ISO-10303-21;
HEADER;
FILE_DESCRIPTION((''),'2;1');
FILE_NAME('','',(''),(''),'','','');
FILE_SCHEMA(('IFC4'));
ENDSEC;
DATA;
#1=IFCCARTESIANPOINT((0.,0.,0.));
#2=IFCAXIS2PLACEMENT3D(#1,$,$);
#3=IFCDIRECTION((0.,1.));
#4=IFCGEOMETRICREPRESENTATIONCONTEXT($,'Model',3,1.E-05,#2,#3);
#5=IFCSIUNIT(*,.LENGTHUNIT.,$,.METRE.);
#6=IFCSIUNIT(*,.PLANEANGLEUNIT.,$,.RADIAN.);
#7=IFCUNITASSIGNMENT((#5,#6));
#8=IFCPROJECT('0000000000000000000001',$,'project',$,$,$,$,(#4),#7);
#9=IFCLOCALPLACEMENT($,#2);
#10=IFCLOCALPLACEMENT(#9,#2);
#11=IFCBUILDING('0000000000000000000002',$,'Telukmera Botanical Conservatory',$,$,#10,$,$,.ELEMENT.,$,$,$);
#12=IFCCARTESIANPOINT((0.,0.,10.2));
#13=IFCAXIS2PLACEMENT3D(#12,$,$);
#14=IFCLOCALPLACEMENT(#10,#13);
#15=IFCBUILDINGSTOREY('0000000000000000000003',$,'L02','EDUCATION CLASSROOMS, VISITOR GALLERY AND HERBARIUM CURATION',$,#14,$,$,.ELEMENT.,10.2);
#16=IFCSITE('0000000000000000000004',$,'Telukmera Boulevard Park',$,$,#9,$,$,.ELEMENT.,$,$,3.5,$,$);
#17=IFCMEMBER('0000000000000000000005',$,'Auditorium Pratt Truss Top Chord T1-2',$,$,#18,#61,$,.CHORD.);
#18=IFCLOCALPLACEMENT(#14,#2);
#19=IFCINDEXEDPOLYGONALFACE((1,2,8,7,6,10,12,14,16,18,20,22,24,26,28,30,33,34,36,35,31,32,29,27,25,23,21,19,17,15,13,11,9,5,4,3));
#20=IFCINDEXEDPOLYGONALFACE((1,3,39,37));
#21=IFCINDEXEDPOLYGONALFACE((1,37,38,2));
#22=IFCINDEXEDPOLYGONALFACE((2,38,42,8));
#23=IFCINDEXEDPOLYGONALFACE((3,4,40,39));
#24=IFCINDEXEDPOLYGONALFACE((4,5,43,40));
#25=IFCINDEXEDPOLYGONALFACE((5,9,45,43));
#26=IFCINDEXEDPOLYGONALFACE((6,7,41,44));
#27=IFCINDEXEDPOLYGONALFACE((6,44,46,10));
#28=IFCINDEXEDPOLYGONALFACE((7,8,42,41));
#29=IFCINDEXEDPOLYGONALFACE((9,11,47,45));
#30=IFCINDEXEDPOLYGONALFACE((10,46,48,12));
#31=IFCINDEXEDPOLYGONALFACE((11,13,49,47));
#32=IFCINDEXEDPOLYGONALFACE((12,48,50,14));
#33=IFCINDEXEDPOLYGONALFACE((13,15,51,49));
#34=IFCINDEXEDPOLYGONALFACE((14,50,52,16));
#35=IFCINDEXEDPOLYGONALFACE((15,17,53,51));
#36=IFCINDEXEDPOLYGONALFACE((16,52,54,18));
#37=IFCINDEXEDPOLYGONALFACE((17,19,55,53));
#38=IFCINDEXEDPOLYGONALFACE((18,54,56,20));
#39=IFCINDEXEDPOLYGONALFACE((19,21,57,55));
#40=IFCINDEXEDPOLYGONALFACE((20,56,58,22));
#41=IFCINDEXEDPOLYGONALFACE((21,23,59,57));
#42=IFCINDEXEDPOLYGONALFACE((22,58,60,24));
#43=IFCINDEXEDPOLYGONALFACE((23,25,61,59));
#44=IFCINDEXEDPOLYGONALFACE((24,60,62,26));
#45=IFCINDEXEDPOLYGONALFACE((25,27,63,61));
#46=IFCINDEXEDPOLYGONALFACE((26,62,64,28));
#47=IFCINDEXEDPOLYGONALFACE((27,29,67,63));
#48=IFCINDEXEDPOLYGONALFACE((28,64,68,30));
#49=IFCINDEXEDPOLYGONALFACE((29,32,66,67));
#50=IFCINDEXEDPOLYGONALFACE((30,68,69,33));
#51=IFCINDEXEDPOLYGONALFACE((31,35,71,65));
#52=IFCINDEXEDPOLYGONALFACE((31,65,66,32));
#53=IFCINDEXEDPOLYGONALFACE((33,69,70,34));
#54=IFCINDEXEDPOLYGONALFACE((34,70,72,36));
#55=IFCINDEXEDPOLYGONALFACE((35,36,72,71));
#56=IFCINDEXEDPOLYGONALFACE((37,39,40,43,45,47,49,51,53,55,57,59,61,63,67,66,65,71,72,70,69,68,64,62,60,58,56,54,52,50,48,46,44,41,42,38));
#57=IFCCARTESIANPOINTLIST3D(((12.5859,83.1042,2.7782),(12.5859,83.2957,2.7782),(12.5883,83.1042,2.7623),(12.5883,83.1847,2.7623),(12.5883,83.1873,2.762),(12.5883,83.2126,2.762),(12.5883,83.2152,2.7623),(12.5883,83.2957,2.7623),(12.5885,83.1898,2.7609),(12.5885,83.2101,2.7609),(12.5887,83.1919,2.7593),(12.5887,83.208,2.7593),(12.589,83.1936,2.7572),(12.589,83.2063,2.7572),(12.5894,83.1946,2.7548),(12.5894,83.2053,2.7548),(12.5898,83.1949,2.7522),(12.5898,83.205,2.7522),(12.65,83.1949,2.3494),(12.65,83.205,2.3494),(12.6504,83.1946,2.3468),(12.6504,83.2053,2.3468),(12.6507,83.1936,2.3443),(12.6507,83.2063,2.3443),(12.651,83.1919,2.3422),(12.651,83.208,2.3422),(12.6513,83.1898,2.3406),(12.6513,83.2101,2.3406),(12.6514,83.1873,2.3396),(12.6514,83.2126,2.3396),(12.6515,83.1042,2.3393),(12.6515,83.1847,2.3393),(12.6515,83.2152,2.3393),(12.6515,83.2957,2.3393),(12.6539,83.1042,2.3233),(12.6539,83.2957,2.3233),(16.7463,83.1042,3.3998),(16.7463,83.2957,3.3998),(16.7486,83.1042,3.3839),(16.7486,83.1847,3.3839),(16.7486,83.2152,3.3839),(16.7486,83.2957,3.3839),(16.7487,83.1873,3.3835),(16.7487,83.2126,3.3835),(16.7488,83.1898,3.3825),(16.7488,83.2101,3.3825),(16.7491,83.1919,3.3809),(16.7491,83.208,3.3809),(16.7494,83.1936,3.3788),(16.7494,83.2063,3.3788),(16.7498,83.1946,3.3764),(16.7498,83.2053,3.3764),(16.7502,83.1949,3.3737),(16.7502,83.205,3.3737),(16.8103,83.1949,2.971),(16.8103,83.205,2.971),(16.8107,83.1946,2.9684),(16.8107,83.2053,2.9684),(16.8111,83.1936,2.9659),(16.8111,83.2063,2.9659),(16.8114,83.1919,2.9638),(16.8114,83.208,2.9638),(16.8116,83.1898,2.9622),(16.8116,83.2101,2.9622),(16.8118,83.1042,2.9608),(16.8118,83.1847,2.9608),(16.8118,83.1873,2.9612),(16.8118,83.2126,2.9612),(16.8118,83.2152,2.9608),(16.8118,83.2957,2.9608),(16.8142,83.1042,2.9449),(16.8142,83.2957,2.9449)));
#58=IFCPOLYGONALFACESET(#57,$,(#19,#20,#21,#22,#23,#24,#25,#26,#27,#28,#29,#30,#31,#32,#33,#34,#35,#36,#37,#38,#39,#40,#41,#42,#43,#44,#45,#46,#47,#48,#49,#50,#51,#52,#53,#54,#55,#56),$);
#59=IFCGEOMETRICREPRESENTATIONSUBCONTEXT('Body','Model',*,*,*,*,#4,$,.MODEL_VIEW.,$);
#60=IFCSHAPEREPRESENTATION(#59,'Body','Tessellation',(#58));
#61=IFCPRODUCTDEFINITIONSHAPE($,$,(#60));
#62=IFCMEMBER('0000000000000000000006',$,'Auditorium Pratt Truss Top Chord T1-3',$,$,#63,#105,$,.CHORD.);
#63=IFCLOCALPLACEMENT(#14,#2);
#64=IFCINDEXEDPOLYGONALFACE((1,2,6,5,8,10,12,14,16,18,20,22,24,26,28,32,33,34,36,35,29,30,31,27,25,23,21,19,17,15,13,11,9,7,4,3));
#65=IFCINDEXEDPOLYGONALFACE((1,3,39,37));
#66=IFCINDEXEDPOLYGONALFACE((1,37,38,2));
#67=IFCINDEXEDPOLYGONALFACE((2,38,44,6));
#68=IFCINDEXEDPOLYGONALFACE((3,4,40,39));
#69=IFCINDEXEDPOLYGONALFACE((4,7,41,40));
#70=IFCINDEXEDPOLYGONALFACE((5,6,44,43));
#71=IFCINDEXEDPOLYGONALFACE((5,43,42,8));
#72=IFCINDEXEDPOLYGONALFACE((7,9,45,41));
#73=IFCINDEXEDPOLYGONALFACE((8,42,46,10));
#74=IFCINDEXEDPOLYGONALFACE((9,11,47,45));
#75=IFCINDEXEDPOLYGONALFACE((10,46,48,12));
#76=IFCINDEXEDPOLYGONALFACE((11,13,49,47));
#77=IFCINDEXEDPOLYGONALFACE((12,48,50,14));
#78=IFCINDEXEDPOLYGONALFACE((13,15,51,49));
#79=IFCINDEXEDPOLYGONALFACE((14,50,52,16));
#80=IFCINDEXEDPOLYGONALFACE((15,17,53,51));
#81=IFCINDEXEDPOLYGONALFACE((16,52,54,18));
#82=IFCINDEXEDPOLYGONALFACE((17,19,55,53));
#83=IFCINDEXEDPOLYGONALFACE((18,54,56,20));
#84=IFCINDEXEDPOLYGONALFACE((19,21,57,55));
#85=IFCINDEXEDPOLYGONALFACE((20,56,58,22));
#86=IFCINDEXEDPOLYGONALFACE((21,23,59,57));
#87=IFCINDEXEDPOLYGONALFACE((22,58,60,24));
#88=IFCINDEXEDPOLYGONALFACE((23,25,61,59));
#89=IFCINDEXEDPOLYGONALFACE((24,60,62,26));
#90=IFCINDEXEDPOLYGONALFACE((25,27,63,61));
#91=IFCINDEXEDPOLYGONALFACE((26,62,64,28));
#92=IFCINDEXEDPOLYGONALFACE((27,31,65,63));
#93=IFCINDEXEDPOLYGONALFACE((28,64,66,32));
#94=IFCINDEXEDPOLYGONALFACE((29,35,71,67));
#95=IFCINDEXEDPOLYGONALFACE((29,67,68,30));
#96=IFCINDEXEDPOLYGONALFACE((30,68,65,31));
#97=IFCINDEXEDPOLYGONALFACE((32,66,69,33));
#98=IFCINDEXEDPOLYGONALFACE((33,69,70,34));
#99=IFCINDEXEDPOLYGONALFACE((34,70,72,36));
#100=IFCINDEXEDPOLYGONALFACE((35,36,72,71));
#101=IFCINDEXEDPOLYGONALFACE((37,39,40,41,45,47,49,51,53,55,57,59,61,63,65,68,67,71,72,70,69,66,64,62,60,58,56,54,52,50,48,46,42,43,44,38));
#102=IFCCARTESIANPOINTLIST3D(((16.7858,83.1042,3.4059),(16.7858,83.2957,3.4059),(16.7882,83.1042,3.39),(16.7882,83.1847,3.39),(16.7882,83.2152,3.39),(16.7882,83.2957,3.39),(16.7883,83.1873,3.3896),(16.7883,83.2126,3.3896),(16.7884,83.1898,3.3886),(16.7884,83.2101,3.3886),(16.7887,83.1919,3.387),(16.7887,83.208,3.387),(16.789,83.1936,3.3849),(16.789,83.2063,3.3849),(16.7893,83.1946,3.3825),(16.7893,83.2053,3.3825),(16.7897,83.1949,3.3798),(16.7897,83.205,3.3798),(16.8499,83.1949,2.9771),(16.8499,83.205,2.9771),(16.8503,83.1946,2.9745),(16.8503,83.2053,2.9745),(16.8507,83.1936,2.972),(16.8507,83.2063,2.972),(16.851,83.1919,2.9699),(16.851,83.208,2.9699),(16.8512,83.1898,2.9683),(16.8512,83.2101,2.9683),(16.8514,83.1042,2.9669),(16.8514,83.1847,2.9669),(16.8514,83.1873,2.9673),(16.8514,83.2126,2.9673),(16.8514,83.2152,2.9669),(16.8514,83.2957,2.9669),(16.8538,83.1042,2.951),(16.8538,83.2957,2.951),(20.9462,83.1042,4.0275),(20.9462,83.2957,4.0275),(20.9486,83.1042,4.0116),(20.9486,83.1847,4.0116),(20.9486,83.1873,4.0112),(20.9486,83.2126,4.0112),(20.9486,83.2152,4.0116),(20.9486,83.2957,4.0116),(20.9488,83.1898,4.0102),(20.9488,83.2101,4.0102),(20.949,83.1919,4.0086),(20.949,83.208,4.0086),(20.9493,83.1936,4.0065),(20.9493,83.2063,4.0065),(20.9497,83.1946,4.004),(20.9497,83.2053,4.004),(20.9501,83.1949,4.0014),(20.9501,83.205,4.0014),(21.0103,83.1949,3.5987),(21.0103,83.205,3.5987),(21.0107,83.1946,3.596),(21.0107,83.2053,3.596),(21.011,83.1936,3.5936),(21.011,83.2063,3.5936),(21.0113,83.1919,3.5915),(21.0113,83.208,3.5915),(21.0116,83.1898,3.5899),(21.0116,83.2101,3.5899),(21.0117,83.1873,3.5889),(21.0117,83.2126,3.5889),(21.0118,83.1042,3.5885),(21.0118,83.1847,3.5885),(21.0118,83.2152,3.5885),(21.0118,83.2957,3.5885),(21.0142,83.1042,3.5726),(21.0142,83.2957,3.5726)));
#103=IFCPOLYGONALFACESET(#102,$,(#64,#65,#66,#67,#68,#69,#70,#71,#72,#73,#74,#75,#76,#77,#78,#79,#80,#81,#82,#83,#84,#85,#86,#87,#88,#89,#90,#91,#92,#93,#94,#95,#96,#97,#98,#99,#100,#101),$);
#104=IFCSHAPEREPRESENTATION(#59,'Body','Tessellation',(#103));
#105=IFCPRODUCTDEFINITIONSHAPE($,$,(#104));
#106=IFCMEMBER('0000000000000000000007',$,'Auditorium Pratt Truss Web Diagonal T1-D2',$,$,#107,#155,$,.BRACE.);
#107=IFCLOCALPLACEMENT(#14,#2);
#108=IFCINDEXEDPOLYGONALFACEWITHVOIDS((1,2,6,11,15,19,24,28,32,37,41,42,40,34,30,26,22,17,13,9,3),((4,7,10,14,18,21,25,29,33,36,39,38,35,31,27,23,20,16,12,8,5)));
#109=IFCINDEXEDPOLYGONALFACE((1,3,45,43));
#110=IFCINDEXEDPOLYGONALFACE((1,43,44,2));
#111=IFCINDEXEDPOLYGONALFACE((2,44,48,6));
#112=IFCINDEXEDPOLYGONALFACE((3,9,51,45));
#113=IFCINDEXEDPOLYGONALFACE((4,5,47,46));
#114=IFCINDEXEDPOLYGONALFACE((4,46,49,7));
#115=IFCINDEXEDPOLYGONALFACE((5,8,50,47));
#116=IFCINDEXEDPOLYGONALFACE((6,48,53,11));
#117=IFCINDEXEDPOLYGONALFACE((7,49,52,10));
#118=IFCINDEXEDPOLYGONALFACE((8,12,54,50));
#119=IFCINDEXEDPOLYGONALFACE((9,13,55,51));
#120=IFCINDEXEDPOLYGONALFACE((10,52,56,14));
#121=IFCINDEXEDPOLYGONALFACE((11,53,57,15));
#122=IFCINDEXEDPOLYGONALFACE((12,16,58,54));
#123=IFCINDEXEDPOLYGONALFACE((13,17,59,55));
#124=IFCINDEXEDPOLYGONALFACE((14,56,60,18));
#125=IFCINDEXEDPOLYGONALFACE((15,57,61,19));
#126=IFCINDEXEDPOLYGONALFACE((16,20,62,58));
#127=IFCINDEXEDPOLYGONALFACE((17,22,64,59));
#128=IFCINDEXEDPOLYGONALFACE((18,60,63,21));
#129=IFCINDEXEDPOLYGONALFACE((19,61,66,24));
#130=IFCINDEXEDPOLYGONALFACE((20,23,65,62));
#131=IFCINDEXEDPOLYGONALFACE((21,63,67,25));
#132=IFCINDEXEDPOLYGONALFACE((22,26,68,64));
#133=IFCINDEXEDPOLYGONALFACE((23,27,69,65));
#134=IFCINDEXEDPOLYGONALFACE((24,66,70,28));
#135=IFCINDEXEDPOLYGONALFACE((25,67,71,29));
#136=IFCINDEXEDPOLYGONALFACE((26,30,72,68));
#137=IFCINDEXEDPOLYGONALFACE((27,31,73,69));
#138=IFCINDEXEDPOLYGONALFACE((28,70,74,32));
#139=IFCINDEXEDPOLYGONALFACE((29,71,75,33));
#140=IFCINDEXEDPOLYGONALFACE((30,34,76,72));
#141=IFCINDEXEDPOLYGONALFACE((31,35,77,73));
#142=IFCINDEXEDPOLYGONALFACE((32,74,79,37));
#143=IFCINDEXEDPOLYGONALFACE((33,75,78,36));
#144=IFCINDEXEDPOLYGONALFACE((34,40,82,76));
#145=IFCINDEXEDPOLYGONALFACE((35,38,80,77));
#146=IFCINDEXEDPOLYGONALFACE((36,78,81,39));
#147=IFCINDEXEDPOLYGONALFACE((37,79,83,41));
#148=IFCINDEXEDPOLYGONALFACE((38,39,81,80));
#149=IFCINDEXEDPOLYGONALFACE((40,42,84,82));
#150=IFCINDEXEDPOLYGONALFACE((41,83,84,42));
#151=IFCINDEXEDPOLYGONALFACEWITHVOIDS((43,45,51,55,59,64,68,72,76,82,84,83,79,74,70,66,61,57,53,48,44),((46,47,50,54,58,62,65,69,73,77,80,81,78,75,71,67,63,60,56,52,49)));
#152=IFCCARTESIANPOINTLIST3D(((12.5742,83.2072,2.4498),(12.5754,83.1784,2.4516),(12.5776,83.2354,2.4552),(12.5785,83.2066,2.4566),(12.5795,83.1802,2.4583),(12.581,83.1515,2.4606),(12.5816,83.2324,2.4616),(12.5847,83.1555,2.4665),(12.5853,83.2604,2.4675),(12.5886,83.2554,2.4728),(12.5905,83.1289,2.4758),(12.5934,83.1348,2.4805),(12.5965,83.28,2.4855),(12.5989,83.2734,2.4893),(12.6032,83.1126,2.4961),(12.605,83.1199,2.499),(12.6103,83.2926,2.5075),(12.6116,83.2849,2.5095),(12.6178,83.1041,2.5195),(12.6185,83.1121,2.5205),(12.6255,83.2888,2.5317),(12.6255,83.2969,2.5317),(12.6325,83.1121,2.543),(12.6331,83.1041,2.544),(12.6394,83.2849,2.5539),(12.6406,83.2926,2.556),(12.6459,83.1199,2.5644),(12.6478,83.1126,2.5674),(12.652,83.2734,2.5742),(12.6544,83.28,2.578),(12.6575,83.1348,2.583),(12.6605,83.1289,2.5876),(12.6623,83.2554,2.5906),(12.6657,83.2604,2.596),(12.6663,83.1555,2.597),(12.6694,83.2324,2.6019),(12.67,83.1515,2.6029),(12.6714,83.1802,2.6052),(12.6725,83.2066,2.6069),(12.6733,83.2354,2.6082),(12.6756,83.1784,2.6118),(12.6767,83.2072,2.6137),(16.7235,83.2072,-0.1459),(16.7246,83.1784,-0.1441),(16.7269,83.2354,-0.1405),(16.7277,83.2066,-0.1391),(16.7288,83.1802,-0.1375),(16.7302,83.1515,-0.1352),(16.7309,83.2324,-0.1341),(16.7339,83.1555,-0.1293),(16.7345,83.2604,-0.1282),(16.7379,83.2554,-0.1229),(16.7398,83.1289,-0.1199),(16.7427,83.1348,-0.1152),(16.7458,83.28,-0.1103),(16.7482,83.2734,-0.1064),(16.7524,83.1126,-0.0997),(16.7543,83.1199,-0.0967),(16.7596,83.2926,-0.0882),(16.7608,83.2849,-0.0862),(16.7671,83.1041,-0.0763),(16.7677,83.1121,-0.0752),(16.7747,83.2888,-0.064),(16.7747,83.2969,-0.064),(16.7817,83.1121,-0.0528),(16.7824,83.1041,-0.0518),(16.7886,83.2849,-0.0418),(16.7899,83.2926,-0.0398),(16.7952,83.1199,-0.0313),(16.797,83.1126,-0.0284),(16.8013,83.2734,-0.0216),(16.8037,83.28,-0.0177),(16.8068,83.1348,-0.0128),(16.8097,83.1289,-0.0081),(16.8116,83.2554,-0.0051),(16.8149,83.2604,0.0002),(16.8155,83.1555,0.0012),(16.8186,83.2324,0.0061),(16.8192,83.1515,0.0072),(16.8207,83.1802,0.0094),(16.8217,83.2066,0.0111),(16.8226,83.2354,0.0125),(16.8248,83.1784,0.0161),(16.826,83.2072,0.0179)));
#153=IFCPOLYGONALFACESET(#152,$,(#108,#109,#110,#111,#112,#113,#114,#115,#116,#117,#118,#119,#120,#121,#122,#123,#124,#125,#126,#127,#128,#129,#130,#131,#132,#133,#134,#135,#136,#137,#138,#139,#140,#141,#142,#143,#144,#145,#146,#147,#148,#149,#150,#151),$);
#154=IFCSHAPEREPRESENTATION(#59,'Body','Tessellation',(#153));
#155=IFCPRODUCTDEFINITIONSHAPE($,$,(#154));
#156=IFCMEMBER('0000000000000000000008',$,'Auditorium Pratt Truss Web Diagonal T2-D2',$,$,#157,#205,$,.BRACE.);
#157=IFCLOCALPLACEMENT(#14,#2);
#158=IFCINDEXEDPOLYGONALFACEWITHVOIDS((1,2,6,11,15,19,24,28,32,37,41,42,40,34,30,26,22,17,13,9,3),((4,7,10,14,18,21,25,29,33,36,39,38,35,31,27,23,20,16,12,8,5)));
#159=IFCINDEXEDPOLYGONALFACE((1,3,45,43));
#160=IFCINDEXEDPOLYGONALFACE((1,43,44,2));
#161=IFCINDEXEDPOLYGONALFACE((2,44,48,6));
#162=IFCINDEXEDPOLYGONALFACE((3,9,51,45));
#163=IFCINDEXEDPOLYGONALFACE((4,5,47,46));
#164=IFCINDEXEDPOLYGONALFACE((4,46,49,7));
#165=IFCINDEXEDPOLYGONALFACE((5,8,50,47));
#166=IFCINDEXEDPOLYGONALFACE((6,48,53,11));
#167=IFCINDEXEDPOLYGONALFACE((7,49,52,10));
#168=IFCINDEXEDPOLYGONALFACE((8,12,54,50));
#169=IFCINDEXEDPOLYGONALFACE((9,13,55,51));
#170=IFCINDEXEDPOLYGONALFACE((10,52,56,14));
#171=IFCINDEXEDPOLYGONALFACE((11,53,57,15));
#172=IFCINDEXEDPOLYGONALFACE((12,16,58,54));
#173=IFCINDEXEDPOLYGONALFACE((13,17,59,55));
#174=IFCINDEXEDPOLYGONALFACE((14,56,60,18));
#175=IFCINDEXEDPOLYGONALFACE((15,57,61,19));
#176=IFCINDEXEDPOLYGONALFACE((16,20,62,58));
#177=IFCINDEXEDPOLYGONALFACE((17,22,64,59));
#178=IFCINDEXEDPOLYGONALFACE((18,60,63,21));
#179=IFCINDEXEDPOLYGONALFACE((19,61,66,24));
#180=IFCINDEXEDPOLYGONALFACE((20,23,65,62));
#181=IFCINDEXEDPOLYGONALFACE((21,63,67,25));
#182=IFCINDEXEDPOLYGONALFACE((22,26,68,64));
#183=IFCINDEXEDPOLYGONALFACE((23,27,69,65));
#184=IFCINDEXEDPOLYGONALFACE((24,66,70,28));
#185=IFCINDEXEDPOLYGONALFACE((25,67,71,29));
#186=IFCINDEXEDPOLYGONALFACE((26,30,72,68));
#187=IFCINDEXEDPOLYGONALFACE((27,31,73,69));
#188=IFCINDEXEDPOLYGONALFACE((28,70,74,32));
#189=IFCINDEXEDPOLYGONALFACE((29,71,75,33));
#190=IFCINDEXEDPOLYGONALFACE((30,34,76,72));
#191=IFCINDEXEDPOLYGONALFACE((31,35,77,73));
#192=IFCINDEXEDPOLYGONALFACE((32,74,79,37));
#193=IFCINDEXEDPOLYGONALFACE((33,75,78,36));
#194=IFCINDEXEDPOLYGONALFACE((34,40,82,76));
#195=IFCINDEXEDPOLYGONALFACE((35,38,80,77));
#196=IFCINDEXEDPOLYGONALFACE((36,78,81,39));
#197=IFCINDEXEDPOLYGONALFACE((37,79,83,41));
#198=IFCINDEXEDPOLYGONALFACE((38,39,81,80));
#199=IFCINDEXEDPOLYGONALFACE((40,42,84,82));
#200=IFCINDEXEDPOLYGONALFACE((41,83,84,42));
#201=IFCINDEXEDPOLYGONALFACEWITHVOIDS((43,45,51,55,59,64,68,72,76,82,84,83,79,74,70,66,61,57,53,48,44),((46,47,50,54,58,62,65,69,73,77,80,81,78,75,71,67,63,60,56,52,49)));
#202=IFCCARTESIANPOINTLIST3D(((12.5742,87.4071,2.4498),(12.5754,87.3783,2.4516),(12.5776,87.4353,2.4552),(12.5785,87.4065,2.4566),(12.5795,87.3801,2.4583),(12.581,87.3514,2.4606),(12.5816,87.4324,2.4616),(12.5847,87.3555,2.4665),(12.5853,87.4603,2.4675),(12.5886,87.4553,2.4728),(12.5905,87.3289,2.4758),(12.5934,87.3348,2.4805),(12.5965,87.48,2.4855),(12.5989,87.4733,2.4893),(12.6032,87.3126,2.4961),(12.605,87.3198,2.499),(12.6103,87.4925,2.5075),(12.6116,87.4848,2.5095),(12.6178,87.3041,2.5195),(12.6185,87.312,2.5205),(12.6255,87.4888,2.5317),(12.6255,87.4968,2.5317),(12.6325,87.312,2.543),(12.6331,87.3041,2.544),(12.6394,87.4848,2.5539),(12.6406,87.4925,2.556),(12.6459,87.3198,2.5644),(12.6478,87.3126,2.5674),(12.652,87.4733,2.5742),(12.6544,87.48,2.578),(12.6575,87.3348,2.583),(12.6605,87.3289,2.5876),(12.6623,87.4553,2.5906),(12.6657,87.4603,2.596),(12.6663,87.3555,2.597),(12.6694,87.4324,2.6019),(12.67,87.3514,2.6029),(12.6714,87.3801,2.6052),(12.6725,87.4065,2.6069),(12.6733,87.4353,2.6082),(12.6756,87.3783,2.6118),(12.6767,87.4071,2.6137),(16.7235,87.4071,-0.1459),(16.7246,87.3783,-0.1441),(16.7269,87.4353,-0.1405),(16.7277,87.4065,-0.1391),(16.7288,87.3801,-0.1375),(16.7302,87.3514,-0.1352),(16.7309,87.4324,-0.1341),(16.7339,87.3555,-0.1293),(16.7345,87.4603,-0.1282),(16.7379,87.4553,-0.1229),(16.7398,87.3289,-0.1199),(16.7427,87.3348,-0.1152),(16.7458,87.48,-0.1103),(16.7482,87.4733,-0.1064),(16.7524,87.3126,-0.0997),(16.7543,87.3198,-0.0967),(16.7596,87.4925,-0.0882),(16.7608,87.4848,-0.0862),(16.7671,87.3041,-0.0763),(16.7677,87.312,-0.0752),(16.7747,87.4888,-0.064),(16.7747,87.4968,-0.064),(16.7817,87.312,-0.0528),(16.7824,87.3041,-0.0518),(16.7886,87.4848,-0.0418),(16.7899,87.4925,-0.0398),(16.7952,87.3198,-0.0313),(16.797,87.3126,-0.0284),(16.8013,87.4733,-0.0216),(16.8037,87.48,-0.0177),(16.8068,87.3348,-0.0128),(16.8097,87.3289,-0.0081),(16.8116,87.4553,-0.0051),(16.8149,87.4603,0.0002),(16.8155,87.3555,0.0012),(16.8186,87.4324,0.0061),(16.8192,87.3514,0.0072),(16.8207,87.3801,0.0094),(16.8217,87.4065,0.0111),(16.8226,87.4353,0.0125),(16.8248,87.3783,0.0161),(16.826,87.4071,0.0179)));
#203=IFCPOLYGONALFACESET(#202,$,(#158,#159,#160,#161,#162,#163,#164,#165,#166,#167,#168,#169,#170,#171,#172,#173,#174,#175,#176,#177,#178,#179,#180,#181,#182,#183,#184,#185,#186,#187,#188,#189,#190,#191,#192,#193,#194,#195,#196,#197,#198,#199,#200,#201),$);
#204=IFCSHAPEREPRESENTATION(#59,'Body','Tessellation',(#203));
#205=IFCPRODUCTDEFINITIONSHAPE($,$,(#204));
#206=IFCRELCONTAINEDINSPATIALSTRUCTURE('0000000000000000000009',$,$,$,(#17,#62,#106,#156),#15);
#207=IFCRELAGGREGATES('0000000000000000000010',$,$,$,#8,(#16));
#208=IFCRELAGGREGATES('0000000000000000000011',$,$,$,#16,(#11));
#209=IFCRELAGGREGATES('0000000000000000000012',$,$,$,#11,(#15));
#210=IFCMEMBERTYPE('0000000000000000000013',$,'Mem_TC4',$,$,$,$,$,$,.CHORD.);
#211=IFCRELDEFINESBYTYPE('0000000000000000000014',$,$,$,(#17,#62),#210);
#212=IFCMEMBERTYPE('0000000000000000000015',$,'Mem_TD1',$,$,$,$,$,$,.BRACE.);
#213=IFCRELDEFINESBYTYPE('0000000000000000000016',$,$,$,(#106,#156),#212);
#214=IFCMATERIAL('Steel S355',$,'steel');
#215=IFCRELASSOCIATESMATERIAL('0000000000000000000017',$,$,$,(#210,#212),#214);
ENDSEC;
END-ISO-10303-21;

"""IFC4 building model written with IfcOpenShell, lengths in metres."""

from ifc_helpers import new_model, si_unit, direction, frame, origin, origin_2d, place, context, subcontext, project, spatial, hollow_circle, i_section, extrude, material, material_profile, profile_set, type_object, element, save


model = new_model("IFC4")

# Units and contexts
model_context = context("Model", 3, precision=1e-05, world=origin(), true_north=direction((0.0, 1.0)))
body_context = subcontext(model_context, "Body", "Model", "MODEL_VIEW")
ifc_project = project(units=[si_unit("LENGTHUNIT", "METRE"), si_unit("PLANEANGLEUNIT", "RADIAN")], contexts=[model_context])

# Site, building, storey
site_placement = place(None, origin())
site = spatial("IfcSite", under=ifc_project, at=site_placement, Name="Telukmera Boulevard Park", CompositionType="ELEMENT", RefElevation=3.5)
building_placement = place(site_placement, origin())
building = spatial("IfcBuilding", under=site, at=building_placement, Name="Telukmera Botanical Conservatory", CompositionType="ELEMENT")
storey_placement = place(building_placement, frame((0.0, 0.0, 10.2)))
storey = spatial("IfcBuildingStorey", under=building, at=storey_placement, Name="L02", Description="EDUCATION CLASSROOMS, VISITOR GALLERY AND HERBARIUM CURATION", CompositionType="ELEMENT", Elevation=10.2)

# Members
ifc_material_1 = material(Name="Steel S355", Category="steel")
ifc_material_profile_1 = material_profile(ifc_material_1, i_section(OverallWidth=0.1914, OverallDepth=0.46, WebThickness=0.01, FlangeThickness=0.0161, FilletRadius=0.0103, at=origin_2d()), Name="UB 457x191x82")
ifc_profile_set_1 = profile_set([ifc_material_profile_1], Name="Steel S355")
member_type_1 = type_object("IfcMemberType", Name="Mem_TC4", PredefinedType="CHORD", material=ifc_profile_set_1)
for number, where, z_axis, x_axis, name in (
    (1, (12.6199, 83.2, 2.5508), (0.989023, 0.0, 0.147764), (0.0, 1.0, 0.0), "Auditorium Pratt Truss Top Chord T1-2"),
    (2, (16.8198, 83.2, 3.1785), (0.989023, 0.0, 0.147764), (0.0, 1.0, 0.0), "Auditorium Pratt Truss Top Chord T1-3"),
):
    element("IfcMember", number, at=place(storey_placement, frame(where, z_axis=z_axis, x_axis=x_axis)), inside=storey, type_object=member_type_1, Name=name, PredefinedType="CHORD", context=body_context, shape_type="SweptSolid", body=[
        extrude(i_section(OverallWidth=0.1914, OverallDepth=0.46, WebThickness=0.01, FlangeThickness=0.0161, FilletRadius=0.0103, at=origin_2d()), origin(), (0.0, 0.0, 1.0), 4.2065),
    ])
ifc_material_profile_2 = material_profile(ifc_material_1, hollow_circle(Radius=0.0969, WallThickness=0.0081, at=origin_2d()), Name="CHS 193.7x8.0")
ifc_profile_set_2 = profile_set([ifc_material_profile_2], Name="Steel S355")
member_type_2 = type_object("IfcMemberType", Name="Mem_TD1", PredefinedType="BRACE", material=ifc_profile_set_2)
for number, where, z_axis, x_axis, name in (
    (3, (12.6255, 83.2, 2.5317), (0.847771, 0.0, -0.530362), (0.0, 1.0, 0.0), "Auditorium Pratt Truss Web Diagonal T1-D2"),
    (4, (12.6255, 87.3999, 2.5317), (0.847771, 0.0, -0.530362), (0.0, 1.0, 0.0), "Auditorium Pratt Truss Web Diagonal T2-D2"),
):
    element("IfcMember", number, at=place(storey_placement, frame(where, z_axis=z_axis, x_axis=x_axis)), inside=storey, type_object=member_type_2, Name=name, PredefinedType="BRACE", context=body_context, shape_type="SweptSolid", body=[
        extrude(hollow_circle(Radius=0.0969, WallThickness=0.0081, at=origin_2d()), origin(), (0.0, 0.0, 1.0), 4.8943),
    ])

save(model, "model.ifc")
